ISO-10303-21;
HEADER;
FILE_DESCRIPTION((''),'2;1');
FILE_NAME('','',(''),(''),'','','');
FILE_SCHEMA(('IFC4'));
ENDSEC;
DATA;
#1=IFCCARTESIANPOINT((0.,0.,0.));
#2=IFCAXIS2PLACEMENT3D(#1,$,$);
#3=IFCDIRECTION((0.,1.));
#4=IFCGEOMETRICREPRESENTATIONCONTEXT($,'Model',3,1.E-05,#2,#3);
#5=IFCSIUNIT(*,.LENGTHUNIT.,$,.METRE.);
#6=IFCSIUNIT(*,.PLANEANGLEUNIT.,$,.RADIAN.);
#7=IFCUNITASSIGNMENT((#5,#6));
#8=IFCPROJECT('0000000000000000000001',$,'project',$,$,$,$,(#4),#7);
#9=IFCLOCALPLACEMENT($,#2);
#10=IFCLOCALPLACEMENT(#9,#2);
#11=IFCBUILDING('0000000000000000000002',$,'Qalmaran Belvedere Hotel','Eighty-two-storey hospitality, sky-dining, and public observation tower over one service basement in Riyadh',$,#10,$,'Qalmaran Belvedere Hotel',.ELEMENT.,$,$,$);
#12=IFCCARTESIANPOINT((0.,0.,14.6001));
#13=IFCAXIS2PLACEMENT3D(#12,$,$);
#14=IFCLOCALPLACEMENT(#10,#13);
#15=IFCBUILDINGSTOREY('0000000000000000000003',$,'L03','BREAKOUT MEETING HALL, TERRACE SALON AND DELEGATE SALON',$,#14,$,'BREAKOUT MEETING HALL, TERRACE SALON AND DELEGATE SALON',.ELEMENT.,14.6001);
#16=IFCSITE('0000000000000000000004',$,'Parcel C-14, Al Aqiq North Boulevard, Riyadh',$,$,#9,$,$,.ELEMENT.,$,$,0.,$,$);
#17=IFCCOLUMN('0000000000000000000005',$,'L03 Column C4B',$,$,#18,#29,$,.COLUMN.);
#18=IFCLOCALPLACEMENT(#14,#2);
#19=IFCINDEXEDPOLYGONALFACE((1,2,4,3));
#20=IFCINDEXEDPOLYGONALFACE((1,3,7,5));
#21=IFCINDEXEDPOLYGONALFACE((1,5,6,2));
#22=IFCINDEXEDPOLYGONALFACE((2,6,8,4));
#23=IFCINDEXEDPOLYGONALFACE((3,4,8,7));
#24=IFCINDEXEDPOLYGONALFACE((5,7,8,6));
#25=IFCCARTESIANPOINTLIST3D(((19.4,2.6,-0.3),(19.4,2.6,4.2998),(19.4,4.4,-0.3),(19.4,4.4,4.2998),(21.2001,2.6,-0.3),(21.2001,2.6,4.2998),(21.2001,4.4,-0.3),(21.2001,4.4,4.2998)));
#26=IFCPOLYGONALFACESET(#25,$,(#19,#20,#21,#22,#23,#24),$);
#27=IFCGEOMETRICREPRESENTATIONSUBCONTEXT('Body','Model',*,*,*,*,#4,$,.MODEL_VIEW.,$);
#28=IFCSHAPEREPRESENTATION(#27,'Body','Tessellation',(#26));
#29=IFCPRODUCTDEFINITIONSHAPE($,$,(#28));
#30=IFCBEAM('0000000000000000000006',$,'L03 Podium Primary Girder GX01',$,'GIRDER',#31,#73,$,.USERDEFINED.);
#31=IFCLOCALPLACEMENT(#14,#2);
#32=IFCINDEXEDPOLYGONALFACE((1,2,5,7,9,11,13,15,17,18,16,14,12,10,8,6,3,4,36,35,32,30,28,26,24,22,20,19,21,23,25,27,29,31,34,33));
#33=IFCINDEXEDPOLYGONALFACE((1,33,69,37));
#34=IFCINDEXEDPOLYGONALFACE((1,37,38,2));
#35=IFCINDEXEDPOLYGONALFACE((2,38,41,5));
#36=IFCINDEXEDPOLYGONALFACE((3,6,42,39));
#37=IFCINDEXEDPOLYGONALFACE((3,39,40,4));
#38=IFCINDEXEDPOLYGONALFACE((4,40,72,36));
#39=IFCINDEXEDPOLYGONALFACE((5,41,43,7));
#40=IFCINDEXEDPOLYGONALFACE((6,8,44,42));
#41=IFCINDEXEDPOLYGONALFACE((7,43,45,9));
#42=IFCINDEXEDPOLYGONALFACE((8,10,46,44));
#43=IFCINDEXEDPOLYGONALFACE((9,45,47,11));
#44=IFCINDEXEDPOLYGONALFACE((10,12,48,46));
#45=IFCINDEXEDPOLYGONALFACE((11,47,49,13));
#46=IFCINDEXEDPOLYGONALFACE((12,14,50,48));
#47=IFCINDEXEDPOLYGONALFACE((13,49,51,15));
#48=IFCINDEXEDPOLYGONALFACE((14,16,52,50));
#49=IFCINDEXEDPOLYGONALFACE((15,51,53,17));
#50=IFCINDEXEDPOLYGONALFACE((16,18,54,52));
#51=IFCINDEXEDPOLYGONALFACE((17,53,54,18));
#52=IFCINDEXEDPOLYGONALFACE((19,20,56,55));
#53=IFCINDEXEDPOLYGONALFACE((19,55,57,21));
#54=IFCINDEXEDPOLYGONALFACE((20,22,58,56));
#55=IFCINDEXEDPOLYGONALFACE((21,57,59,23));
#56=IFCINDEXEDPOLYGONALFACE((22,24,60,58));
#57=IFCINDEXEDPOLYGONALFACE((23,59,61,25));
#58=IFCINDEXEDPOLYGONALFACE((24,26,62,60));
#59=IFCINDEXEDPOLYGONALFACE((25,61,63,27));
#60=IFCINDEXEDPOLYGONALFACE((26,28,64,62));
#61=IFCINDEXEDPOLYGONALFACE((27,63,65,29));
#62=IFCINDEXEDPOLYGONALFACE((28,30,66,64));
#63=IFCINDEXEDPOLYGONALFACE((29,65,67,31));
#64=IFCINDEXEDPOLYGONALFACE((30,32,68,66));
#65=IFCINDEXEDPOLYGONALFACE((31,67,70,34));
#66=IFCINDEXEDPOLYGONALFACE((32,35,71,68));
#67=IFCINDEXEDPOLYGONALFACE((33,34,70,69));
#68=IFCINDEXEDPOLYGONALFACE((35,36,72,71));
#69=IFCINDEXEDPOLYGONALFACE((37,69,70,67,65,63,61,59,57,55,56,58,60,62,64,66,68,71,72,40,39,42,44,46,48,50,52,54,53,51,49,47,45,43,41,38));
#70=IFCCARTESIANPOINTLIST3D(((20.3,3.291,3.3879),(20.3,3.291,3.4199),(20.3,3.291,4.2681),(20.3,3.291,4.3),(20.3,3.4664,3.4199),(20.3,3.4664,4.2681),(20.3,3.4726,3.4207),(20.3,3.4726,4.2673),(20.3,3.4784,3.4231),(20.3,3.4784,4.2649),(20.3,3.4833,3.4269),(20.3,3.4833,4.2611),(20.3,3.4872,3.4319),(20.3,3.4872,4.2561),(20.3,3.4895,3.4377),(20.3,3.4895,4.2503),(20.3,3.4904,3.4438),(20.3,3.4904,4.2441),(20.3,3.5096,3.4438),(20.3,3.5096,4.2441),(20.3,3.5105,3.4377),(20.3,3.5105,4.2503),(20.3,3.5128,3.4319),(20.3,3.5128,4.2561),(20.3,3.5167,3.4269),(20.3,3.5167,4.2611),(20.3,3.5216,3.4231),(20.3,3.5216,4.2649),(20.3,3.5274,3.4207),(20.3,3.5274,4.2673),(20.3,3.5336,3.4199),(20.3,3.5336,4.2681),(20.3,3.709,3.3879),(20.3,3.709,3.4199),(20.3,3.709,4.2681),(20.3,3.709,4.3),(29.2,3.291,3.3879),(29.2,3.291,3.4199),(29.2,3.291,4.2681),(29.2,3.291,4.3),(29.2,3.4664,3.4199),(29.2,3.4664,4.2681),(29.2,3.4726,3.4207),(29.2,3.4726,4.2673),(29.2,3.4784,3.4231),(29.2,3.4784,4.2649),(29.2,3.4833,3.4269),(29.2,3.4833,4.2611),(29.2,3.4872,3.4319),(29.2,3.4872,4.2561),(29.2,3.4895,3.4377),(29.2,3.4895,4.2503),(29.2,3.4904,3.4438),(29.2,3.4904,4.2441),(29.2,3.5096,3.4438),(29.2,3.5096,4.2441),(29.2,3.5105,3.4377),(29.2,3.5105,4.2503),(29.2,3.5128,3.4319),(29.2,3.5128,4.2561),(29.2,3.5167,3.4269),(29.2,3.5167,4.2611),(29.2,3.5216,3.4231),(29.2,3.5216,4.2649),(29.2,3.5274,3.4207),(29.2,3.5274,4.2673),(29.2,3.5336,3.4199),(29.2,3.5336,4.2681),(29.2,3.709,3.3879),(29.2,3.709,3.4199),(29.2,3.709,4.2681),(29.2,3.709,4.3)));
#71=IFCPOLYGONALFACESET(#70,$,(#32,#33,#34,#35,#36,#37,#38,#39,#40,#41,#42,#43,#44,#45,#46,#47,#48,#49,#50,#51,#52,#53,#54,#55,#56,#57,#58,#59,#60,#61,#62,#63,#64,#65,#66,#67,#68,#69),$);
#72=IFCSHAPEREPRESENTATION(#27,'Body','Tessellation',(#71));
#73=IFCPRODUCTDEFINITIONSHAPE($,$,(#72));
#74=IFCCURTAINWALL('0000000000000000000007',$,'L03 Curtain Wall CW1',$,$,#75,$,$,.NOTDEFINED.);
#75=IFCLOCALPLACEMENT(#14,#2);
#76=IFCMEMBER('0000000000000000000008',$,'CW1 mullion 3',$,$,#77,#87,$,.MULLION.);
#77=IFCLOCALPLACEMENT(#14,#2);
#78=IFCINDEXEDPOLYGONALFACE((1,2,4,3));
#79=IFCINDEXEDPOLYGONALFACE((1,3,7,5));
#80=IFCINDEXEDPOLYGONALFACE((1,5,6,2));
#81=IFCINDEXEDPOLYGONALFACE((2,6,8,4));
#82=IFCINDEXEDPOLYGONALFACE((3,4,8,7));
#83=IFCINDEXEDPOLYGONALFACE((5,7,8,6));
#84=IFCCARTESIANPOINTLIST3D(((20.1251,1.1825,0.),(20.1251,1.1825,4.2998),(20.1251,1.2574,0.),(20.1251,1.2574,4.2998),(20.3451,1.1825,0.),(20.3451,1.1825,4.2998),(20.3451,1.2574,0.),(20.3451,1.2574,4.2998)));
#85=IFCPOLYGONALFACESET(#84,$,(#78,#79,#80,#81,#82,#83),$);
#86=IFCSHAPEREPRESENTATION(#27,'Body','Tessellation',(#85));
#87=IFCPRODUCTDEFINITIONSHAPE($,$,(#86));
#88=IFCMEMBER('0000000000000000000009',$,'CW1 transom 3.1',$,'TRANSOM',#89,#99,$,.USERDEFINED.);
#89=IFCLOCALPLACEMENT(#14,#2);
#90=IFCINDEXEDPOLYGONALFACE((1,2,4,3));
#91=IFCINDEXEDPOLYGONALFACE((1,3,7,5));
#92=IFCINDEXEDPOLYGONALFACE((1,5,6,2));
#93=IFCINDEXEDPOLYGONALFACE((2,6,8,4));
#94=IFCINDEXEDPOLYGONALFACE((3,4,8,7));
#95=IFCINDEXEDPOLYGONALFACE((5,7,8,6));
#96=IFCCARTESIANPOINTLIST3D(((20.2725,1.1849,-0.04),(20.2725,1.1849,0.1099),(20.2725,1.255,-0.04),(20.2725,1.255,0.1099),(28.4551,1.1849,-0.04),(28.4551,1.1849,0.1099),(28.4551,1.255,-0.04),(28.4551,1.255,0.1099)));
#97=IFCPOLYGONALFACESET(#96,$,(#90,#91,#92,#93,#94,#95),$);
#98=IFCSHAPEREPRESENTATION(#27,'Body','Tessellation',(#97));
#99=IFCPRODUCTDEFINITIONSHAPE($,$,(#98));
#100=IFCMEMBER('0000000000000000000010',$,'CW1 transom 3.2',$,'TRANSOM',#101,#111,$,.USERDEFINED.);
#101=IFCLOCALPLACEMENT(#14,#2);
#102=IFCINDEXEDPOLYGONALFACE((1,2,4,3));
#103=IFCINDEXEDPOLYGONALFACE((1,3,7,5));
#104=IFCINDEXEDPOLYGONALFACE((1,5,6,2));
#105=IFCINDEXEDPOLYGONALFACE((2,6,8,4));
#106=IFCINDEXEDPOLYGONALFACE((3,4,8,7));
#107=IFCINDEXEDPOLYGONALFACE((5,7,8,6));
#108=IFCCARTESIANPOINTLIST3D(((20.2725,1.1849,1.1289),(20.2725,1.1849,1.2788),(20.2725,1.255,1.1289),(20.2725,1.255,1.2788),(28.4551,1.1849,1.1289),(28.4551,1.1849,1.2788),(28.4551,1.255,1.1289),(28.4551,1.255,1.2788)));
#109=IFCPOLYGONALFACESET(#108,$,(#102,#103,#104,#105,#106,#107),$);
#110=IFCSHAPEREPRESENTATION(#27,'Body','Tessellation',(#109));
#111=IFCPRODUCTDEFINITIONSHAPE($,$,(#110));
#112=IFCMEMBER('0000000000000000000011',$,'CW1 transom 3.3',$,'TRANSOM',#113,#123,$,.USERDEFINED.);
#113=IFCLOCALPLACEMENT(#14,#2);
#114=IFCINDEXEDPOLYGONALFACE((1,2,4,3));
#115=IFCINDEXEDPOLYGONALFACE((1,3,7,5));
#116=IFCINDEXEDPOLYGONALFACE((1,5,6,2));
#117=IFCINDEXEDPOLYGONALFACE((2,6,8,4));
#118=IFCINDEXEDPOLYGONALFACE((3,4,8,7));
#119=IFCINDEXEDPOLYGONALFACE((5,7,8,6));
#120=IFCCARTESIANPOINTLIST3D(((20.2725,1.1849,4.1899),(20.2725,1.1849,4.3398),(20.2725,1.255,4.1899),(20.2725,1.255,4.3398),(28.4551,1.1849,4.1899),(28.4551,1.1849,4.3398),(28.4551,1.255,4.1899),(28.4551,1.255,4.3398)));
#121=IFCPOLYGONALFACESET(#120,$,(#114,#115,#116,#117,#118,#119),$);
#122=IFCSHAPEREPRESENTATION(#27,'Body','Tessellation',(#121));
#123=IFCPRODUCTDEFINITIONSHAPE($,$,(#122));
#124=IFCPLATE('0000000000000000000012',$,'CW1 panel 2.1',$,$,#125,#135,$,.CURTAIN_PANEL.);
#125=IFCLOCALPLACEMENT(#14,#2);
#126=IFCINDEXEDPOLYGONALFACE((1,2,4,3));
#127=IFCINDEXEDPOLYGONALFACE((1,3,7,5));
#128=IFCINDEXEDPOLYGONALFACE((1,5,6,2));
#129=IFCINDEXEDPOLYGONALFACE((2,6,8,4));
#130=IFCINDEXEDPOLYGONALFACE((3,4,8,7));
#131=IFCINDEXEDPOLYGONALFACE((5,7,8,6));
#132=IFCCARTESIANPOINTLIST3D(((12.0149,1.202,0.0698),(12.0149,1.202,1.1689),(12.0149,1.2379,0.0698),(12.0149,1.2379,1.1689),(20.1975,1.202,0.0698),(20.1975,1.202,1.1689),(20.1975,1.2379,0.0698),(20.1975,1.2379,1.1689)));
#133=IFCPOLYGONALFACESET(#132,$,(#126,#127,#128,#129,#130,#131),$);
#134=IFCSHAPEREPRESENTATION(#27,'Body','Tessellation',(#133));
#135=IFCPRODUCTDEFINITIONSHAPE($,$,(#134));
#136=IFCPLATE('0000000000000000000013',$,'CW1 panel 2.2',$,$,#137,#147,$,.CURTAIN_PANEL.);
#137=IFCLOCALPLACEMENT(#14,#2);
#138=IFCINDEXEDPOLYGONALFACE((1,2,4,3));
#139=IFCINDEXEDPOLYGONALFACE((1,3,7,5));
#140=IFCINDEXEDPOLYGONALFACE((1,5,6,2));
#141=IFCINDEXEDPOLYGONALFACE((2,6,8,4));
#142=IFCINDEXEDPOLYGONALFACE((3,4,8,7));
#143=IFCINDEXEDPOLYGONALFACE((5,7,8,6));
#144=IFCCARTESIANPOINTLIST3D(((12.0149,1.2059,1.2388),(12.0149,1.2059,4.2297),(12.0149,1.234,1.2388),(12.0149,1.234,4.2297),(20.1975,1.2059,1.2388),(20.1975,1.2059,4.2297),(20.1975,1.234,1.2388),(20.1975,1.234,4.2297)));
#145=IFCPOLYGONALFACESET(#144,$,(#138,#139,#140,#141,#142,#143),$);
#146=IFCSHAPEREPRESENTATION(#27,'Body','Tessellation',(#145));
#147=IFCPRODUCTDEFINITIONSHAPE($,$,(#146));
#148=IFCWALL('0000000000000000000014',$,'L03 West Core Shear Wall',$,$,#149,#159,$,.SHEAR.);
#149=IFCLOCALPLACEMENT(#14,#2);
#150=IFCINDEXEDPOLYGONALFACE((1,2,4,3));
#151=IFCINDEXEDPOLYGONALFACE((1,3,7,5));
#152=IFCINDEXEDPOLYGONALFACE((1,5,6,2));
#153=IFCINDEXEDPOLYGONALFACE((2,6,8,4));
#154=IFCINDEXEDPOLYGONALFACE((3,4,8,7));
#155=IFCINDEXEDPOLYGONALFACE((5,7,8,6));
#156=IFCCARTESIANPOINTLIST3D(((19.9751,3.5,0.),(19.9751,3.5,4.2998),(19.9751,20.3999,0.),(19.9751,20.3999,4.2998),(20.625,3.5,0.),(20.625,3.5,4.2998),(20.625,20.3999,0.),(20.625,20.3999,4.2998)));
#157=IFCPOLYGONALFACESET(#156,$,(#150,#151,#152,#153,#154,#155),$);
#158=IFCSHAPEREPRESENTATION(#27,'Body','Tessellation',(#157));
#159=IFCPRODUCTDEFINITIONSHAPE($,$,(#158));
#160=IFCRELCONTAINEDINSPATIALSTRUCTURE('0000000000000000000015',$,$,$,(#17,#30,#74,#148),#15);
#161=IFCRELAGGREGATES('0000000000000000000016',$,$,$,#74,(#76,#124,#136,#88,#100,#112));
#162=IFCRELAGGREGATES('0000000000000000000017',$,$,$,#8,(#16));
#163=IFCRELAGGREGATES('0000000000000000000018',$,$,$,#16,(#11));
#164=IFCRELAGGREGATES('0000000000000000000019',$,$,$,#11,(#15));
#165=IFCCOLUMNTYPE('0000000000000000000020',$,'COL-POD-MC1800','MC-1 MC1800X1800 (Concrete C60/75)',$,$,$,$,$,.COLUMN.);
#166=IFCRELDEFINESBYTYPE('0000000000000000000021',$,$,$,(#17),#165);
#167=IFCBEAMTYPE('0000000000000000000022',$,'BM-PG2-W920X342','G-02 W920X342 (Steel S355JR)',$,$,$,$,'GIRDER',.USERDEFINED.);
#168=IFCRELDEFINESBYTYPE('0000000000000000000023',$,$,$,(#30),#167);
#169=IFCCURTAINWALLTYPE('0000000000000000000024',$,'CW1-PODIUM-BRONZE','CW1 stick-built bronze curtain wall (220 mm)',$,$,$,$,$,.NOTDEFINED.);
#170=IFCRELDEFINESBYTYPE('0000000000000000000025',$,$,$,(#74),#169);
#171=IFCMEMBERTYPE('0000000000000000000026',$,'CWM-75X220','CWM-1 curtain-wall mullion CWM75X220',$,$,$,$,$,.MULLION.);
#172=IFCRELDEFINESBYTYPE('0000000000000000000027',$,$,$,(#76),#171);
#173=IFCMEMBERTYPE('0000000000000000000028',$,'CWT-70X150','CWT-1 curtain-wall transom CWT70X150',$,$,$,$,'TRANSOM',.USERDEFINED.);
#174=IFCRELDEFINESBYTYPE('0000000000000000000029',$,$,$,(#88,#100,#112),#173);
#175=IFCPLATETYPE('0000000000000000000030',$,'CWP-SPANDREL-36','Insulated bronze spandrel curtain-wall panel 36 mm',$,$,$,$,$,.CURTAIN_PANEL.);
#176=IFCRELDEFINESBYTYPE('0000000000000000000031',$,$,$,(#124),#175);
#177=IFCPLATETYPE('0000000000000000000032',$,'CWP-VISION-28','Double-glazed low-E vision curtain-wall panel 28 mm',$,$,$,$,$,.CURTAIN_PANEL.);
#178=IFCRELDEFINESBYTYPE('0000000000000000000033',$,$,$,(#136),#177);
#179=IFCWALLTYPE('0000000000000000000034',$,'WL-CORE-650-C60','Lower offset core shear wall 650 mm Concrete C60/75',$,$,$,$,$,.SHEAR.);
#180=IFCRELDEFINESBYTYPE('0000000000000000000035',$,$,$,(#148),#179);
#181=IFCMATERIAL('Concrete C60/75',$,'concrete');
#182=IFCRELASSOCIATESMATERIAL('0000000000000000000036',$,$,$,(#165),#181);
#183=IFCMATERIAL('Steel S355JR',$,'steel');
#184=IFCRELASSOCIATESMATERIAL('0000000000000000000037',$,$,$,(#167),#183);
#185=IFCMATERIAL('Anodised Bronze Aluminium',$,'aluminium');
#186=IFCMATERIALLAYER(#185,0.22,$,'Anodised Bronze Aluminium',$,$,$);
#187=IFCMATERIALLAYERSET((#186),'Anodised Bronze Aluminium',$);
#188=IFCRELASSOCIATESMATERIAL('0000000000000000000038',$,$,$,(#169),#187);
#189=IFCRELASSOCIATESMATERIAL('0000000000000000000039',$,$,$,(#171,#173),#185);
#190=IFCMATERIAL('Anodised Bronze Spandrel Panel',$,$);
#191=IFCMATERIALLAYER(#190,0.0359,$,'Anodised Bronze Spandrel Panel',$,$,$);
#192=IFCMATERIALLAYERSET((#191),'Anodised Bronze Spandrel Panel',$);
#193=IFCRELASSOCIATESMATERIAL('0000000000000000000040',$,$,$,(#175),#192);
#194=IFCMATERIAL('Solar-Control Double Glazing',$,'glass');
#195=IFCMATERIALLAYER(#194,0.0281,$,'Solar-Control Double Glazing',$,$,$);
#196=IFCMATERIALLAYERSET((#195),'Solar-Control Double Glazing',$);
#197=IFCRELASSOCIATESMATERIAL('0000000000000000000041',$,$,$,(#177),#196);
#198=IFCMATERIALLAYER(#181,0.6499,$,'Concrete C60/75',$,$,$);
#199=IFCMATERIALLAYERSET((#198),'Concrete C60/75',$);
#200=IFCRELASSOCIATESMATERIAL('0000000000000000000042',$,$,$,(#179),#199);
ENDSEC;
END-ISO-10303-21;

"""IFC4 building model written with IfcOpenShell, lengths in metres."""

from ifc_helpers import new_model, si_unit, direction, frame, frame_2d, origin, origin_2d, place, context, subcontext, project, spatial, rectangle, i_section, extrude, material, layer, layer_set, material_profile, profile_set, type_object, element, aggregate, save


model = new_model("IFC4")

# Units and contexts
model_context = context("Model", 3, precision=1e-05, world=origin(), true_north=direction((0.0, 1.0)))
body_context = subcontext(model_context, "Body", "Model", "MODEL_VIEW")
ifc_project = project(units=[si_unit("LENGTHUNIT", "METRE"), si_unit("PLANEANGLEUNIT", "RADIAN")], contexts=[model_context])

# Site, building, storey
site_placement = place(None, origin())
site = spatial("IfcSite", under=ifc_project, at=site_placement, Name="Parcel C-14, Al Aqiq North Boulevard, Riyadh", CompositionType="ELEMENT", RefElevation=0.0)
building_placement = place(site_placement, origin())
building = spatial("IfcBuilding", under=site, at=building_placement, Name="Qalmaran Belvedere Hotel", Description="Eighty-two-storey hospitality, sky-dining, and public observation tower over one service basement in Riyadh", LongName="Qalmaran Belvedere Hotel", CompositionType="ELEMENT")
storey_placement = place(building_placement, frame((0.0, 0.0, 14.6001)))
storey = spatial("IfcBuildingStorey", under=building, at=storey_placement, Name="L03", Description="BREAKOUT MEETING HALL, TERRACE SALON AND DELEGATE SALON", LongName="BREAKOUT MEETING HALL, TERRACE SALON AND DELEGATE SALON", CompositionType="ELEMENT", Elevation=14.6001)

# Column
ifc_material_1 = material(Name="Concrete C60/75", Category="concrete")
ifc_material_profile_1 = material_profile(ifc_material_1, rectangle(XDim=1.8, YDim=1.8, at=origin_2d()), Name="MC1800X1800")
ifc_profile_set_1 = profile_set([ifc_material_profile_1], Name="Concrete C60/75")
column_type = type_object("IfcColumnType", Name="COL-POD-MC1800", Description="MC-1 MC1800X1800 (Concrete C60/75)", PredefinedType="COLUMN", material=ifc_profile_set_1)
column_placement = place(storey_placement, frame((20.3, 3.5, -0.3), z_axis=(0.0, 0.0, 1.0), x_axis=(1.0, 0.0, 0.0)))
element("IfcColumn", 1, at=column_placement, inside=storey, type_object=column_type, Name="L03 Column C4B", PredefinedType="COLUMN", context=body_context, shape_type="SweptSolid", body=[
    extrude(rectangle(XDim=1.8, YDim=1.8, at=origin_2d()), origin(), (0.0, 0.0, 1.0), 4.5999),
])

# Beam
ifc_material_2 = material(Name="Steel S355JR", Category="steel")
ifc_material_profile_2 = material_profile(ifc_material_2, i_section(OverallWidth=0.418, OverallDepth=0.9121, WebThickness=0.0193, FlangeThickness=0.032, FilletRadius=0.0239, at=origin_2d()), Name="W920X342")
ifc_profile_set_2 = profile_set([ifc_material_profile_2], Name="Steel S355JR")
beam_type = type_object("IfcBeamType", Name="BM-PG2-W920X342", Description="G-02 W920X342 (Steel S355JR)", ElementType="GIRDER", PredefinedType="USERDEFINED", material=ifc_profile_set_2)
beam_placement = place(storey_placement, frame((20.3, 3.5, 3.844), z_axis=(1.0, 0.0, 0.0), x_axis=(0.0, 1.0, 0.0)))
element("IfcBeam", 2, at=beam_placement, inside=storey, type_object=beam_type, Name="L03 Podium Primary Girder GX01", ObjectType="GIRDER", PredefinedType="USERDEFINED", context=body_context, shape_type="SweptSolid", body=[
    extrude(i_section(OverallWidth=0.418, OverallDepth=0.9121, WebThickness=0.0193, FlangeThickness=0.032, FilletRadius=0.0239, at=origin_2d()), origin(), (0.0, 0.0, 1.0), 8.8999),
])

# Curtain wall, members, plates
ifc_material_3 = material(Name="Anodised Bronze Aluminium", Category="aluminium")
ifc_layer_1 = layer(ifc_material_3, 0.22, Name="Anodised Bronze Aluminium")
ifc_layer_set_1 = layer_set([ifc_layer_1], Name="Anodised Bronze Aluminium")
curtain_wall_type = type_object("IfcCurtainWallType", Name="CW1-PODIUM-BRONZE", Description="CW1 stick-built bronze curtain wall (220 mm)", PredefinedType="NOTDEFINED", material=ifc_layer_set_1)
curtain_wall_placement = place(storey_placement, origin())
curtain_wall = element("IfcCurtainWall", 3, at=curtain_wall_placement, inside=storey, type_object=curtain_wall_type, Name="L03 Curtain Wall CW1", PredefinedType="NOTDEFINED")
ifc_material_profile_3 = material_profile(ifc_material_3, rectangle(XDim=0.075, YDim=0.22, at=origin_2d()), Name="CWM75X220")
ifc_profile_set_3 = profile_set([ifc_material_profile_3], Name="Anodised Bronze Aluminium")
member_type_1 = type_object("IfcMemberType", Name="CWM-75X220", Description="CWM-1 curtain-wall mullion CWM75X220", PredefinedType="MULLION", material=ifc_profile_set_3)
member_1_placement = place(storey_placement, frame((20.2351, 1.22, 0.0), z_axis=(0.0, 0.0, 1.0), x_axis=(0.0, 1.0, 0.0)))
member_1 = element("IfcMember", 4, at=member_1_placement, type_object=member_type_1, Name="CW1 mullion 3", PredefinedType="MULLION", context=body_context, shape_type="SweptSolid", body=[
    extrude(rectangle(XDim=0.075, YDim=0.22, at=origin_2d()), origin(), (0.0, 0.0, 1.0), 4.2998),
])
ifc_material_profile_4 = material_profile(ifc_material_3, rectangle(XDim=0.0701, YDim=0.1499, at=origin_2d()), Name="CWT70X150")
ifc_profile_set_4 = profile_set([ifc_material_profile_4], Name="Anodised Bronze Aluminium")
member_type_2 = type_object("IfcMemberType", Name="CWT-70X150", Description="CWT-1 curtain-wall transom CWT70X150", ElementType="TRANSOM", PredefinedType="USERDEFINED", material=ifc_profile_set_4)
member_2_placement = place(storey_placement, frame((20.2725, 1.22, 0.0349), z_axis=(1.0, 0.0, 0.0), x_axis=(0.0, 1.0, 0.0)))
member_2 = element("IfcMember", 5, at=member_2_placement, type_object=member_type_2, Name="CW1 transom 3.1", ObjectType="TRANSOM", PredefinedType="USERDEFINED", context=body_context, shape_type="SweptSolid", body=[
    extrude(rectangle(XDim=0.0701, YDim=0.1499, at=origin_2d()), origin(), (0.0, 0.0, 1.0), 8.1826),
])
member_3_placement = place(storey_placement, frame((20.2725, 1.22, 1.2039), z_axis=(1.0, 0.0, 0.0), x_axis=(0.0, 1.0, 0.0)))
member_3 = element("IfcMember", 6, at=member_3_placement, type_object=member_type_2, Name="CW1 transom 3.2", ObjectType="TRANSOM", PredefinedType="USERDEFINED", context=body_context, shape_type="SweptSolid", body=[
    extrude(rectangle(XDim=0.0701, YDim=0.1499, at=origin_2d()), origin(), (0.0, 0.0, 1.0), 8.1826),
])
member_4_placement = place(storey_placement, frame((20.2725, 1.22, 4.2649), z_axis=(1.0, 0.0, 0.0), x_axis=(0.0, 1.0, 0.0)))
member_4 = element("IfcMember", 7, at=member_4_placement, type_object=member_type_2, Name="CW1 transom 3.3", ObjectType="TRANSOM", PredefinedType="USERDEFINED", context=body_context, shape_type="SweptSolid", body=[
    extrude(rectangle(XDim=0.0701, YDim=0.1499, at=origin_2d()), origin(), (0.0, 0.0, 1.0), 8.1826),
])
ifc_material_4 = material(Name="Anodised Bronze Spandrel Panel")
ifc_layer_2 = layer(ifc_material_4, 0.0359, Name="Anodised Bronze Spandrel Panel")
ifc_layer_set_2 = layer_set([ifc_layer_2], Name="Anodised Bronze Spandrel Panel")
plate_type_1 = type_object("IfcPlateType", Name="CWP-SPANDREL-36", Description="Insulated bronze spandrel curtain-wall panel 36 mm", PredefinedType="CURTAIN_PANEL", material=ifc_layer_set_2)
plate_1_placement = place(storey_placement, frame((16.1062, 1.22, 0.0698), z_axis=(0.0, 0.0, 1.0), x_axis=(1.0, 0.0, 0.0)))
plate_1 = element("IfcPlate", 8, at=plate_1_placement, type_object=plate_type_1, Name="CW1 panel 2.1", PredefinedType="CURTAIN_PANEL", context=body_context, shape_type="SweptSolid", body=[
    extrude(rectangle(XDim=8.1826, YDim=0.0359, at=origin_2d()), origin(), (0.0, 0.0, 1.0), 1.0991),
])
ifc_material_5 = material(Name="Solar-Control Double Glazing", Category="glass")
ifc_layer_3 = layer(ifc_material_5, 0.0281, Name="Solar-Control Double Glazing")
ifc_layer_set_3 = layer_set([ifc_layer_3], Name="Solar-Control Double Glazing")
plate_type_2 = type_object("IfcPlateType", Name="CWP-VISION-28", Description="Double-glazed low-E vision curtain-wall panel 28 mm", PredefinedType="CURTAIN_PANEL", material=ifc_layer_set_3)
plate_2_placement = place(storey_placement, frame((16.1062, 1.22, 1.2388), z_axis=(0.0, 0.0, 1.0), x_axis=(1.0, 0.0, 0.0)))
plate_2 = element("IfcPlate", 9, at=plate_2_placement, type_object=plate_type_2, Name="CW1 panel 2.2", PredefinedType="CURTAIN_PANEL", context=body_context, shape_type="SweptSolid", body=[
    extrude(rectangle(XDim=8.1826, YDim=0.0281, at=origin_2d()), origin(), (0.0, 0.0, 1.0), 2.991),
])
aggregate(curtain_wall, [member_1, plate_1, plate_2, member_2, member_3, member_4])

# Wall
ifc_layer_4 = layer(ifc_material_1, 0.6499, Name="Concrete C60/75")
ifc_layer_set_4 = layer_set([ifc_layer_4], Name="Concrete C60/75")
wall_type_1 = type_object("IfcWallType", Name="WL-CORE-650-C60", Description="Lower offset core shear wall 650 mm Concrete C60/75", PredefinedType="SHEAR", material=ifc_layer_set_4)
wall_1_placement = place(storey_placement, frame((20.3, 3.5, 0.0), z_axis=(0.0, 0.0, 1.0), x_axis=(0.0, 1.0, 0.0)))
element("IfcWall", 10, at=wall_1_placement, inside=storey, type_object=wall_type_1, Name="L03 West Core Shear Wall", PredefinedType="SHEAR", context=body_context, shape_type="SweptSolid", body=[
    extrude(rectangle(XDim=16.8999, YDim=0.6499, at=frame_2d((8.45, 0.0))), origin(), (0.0, 0.0, 1.0), 4.2998),
])

save(model, "model.ifc")
